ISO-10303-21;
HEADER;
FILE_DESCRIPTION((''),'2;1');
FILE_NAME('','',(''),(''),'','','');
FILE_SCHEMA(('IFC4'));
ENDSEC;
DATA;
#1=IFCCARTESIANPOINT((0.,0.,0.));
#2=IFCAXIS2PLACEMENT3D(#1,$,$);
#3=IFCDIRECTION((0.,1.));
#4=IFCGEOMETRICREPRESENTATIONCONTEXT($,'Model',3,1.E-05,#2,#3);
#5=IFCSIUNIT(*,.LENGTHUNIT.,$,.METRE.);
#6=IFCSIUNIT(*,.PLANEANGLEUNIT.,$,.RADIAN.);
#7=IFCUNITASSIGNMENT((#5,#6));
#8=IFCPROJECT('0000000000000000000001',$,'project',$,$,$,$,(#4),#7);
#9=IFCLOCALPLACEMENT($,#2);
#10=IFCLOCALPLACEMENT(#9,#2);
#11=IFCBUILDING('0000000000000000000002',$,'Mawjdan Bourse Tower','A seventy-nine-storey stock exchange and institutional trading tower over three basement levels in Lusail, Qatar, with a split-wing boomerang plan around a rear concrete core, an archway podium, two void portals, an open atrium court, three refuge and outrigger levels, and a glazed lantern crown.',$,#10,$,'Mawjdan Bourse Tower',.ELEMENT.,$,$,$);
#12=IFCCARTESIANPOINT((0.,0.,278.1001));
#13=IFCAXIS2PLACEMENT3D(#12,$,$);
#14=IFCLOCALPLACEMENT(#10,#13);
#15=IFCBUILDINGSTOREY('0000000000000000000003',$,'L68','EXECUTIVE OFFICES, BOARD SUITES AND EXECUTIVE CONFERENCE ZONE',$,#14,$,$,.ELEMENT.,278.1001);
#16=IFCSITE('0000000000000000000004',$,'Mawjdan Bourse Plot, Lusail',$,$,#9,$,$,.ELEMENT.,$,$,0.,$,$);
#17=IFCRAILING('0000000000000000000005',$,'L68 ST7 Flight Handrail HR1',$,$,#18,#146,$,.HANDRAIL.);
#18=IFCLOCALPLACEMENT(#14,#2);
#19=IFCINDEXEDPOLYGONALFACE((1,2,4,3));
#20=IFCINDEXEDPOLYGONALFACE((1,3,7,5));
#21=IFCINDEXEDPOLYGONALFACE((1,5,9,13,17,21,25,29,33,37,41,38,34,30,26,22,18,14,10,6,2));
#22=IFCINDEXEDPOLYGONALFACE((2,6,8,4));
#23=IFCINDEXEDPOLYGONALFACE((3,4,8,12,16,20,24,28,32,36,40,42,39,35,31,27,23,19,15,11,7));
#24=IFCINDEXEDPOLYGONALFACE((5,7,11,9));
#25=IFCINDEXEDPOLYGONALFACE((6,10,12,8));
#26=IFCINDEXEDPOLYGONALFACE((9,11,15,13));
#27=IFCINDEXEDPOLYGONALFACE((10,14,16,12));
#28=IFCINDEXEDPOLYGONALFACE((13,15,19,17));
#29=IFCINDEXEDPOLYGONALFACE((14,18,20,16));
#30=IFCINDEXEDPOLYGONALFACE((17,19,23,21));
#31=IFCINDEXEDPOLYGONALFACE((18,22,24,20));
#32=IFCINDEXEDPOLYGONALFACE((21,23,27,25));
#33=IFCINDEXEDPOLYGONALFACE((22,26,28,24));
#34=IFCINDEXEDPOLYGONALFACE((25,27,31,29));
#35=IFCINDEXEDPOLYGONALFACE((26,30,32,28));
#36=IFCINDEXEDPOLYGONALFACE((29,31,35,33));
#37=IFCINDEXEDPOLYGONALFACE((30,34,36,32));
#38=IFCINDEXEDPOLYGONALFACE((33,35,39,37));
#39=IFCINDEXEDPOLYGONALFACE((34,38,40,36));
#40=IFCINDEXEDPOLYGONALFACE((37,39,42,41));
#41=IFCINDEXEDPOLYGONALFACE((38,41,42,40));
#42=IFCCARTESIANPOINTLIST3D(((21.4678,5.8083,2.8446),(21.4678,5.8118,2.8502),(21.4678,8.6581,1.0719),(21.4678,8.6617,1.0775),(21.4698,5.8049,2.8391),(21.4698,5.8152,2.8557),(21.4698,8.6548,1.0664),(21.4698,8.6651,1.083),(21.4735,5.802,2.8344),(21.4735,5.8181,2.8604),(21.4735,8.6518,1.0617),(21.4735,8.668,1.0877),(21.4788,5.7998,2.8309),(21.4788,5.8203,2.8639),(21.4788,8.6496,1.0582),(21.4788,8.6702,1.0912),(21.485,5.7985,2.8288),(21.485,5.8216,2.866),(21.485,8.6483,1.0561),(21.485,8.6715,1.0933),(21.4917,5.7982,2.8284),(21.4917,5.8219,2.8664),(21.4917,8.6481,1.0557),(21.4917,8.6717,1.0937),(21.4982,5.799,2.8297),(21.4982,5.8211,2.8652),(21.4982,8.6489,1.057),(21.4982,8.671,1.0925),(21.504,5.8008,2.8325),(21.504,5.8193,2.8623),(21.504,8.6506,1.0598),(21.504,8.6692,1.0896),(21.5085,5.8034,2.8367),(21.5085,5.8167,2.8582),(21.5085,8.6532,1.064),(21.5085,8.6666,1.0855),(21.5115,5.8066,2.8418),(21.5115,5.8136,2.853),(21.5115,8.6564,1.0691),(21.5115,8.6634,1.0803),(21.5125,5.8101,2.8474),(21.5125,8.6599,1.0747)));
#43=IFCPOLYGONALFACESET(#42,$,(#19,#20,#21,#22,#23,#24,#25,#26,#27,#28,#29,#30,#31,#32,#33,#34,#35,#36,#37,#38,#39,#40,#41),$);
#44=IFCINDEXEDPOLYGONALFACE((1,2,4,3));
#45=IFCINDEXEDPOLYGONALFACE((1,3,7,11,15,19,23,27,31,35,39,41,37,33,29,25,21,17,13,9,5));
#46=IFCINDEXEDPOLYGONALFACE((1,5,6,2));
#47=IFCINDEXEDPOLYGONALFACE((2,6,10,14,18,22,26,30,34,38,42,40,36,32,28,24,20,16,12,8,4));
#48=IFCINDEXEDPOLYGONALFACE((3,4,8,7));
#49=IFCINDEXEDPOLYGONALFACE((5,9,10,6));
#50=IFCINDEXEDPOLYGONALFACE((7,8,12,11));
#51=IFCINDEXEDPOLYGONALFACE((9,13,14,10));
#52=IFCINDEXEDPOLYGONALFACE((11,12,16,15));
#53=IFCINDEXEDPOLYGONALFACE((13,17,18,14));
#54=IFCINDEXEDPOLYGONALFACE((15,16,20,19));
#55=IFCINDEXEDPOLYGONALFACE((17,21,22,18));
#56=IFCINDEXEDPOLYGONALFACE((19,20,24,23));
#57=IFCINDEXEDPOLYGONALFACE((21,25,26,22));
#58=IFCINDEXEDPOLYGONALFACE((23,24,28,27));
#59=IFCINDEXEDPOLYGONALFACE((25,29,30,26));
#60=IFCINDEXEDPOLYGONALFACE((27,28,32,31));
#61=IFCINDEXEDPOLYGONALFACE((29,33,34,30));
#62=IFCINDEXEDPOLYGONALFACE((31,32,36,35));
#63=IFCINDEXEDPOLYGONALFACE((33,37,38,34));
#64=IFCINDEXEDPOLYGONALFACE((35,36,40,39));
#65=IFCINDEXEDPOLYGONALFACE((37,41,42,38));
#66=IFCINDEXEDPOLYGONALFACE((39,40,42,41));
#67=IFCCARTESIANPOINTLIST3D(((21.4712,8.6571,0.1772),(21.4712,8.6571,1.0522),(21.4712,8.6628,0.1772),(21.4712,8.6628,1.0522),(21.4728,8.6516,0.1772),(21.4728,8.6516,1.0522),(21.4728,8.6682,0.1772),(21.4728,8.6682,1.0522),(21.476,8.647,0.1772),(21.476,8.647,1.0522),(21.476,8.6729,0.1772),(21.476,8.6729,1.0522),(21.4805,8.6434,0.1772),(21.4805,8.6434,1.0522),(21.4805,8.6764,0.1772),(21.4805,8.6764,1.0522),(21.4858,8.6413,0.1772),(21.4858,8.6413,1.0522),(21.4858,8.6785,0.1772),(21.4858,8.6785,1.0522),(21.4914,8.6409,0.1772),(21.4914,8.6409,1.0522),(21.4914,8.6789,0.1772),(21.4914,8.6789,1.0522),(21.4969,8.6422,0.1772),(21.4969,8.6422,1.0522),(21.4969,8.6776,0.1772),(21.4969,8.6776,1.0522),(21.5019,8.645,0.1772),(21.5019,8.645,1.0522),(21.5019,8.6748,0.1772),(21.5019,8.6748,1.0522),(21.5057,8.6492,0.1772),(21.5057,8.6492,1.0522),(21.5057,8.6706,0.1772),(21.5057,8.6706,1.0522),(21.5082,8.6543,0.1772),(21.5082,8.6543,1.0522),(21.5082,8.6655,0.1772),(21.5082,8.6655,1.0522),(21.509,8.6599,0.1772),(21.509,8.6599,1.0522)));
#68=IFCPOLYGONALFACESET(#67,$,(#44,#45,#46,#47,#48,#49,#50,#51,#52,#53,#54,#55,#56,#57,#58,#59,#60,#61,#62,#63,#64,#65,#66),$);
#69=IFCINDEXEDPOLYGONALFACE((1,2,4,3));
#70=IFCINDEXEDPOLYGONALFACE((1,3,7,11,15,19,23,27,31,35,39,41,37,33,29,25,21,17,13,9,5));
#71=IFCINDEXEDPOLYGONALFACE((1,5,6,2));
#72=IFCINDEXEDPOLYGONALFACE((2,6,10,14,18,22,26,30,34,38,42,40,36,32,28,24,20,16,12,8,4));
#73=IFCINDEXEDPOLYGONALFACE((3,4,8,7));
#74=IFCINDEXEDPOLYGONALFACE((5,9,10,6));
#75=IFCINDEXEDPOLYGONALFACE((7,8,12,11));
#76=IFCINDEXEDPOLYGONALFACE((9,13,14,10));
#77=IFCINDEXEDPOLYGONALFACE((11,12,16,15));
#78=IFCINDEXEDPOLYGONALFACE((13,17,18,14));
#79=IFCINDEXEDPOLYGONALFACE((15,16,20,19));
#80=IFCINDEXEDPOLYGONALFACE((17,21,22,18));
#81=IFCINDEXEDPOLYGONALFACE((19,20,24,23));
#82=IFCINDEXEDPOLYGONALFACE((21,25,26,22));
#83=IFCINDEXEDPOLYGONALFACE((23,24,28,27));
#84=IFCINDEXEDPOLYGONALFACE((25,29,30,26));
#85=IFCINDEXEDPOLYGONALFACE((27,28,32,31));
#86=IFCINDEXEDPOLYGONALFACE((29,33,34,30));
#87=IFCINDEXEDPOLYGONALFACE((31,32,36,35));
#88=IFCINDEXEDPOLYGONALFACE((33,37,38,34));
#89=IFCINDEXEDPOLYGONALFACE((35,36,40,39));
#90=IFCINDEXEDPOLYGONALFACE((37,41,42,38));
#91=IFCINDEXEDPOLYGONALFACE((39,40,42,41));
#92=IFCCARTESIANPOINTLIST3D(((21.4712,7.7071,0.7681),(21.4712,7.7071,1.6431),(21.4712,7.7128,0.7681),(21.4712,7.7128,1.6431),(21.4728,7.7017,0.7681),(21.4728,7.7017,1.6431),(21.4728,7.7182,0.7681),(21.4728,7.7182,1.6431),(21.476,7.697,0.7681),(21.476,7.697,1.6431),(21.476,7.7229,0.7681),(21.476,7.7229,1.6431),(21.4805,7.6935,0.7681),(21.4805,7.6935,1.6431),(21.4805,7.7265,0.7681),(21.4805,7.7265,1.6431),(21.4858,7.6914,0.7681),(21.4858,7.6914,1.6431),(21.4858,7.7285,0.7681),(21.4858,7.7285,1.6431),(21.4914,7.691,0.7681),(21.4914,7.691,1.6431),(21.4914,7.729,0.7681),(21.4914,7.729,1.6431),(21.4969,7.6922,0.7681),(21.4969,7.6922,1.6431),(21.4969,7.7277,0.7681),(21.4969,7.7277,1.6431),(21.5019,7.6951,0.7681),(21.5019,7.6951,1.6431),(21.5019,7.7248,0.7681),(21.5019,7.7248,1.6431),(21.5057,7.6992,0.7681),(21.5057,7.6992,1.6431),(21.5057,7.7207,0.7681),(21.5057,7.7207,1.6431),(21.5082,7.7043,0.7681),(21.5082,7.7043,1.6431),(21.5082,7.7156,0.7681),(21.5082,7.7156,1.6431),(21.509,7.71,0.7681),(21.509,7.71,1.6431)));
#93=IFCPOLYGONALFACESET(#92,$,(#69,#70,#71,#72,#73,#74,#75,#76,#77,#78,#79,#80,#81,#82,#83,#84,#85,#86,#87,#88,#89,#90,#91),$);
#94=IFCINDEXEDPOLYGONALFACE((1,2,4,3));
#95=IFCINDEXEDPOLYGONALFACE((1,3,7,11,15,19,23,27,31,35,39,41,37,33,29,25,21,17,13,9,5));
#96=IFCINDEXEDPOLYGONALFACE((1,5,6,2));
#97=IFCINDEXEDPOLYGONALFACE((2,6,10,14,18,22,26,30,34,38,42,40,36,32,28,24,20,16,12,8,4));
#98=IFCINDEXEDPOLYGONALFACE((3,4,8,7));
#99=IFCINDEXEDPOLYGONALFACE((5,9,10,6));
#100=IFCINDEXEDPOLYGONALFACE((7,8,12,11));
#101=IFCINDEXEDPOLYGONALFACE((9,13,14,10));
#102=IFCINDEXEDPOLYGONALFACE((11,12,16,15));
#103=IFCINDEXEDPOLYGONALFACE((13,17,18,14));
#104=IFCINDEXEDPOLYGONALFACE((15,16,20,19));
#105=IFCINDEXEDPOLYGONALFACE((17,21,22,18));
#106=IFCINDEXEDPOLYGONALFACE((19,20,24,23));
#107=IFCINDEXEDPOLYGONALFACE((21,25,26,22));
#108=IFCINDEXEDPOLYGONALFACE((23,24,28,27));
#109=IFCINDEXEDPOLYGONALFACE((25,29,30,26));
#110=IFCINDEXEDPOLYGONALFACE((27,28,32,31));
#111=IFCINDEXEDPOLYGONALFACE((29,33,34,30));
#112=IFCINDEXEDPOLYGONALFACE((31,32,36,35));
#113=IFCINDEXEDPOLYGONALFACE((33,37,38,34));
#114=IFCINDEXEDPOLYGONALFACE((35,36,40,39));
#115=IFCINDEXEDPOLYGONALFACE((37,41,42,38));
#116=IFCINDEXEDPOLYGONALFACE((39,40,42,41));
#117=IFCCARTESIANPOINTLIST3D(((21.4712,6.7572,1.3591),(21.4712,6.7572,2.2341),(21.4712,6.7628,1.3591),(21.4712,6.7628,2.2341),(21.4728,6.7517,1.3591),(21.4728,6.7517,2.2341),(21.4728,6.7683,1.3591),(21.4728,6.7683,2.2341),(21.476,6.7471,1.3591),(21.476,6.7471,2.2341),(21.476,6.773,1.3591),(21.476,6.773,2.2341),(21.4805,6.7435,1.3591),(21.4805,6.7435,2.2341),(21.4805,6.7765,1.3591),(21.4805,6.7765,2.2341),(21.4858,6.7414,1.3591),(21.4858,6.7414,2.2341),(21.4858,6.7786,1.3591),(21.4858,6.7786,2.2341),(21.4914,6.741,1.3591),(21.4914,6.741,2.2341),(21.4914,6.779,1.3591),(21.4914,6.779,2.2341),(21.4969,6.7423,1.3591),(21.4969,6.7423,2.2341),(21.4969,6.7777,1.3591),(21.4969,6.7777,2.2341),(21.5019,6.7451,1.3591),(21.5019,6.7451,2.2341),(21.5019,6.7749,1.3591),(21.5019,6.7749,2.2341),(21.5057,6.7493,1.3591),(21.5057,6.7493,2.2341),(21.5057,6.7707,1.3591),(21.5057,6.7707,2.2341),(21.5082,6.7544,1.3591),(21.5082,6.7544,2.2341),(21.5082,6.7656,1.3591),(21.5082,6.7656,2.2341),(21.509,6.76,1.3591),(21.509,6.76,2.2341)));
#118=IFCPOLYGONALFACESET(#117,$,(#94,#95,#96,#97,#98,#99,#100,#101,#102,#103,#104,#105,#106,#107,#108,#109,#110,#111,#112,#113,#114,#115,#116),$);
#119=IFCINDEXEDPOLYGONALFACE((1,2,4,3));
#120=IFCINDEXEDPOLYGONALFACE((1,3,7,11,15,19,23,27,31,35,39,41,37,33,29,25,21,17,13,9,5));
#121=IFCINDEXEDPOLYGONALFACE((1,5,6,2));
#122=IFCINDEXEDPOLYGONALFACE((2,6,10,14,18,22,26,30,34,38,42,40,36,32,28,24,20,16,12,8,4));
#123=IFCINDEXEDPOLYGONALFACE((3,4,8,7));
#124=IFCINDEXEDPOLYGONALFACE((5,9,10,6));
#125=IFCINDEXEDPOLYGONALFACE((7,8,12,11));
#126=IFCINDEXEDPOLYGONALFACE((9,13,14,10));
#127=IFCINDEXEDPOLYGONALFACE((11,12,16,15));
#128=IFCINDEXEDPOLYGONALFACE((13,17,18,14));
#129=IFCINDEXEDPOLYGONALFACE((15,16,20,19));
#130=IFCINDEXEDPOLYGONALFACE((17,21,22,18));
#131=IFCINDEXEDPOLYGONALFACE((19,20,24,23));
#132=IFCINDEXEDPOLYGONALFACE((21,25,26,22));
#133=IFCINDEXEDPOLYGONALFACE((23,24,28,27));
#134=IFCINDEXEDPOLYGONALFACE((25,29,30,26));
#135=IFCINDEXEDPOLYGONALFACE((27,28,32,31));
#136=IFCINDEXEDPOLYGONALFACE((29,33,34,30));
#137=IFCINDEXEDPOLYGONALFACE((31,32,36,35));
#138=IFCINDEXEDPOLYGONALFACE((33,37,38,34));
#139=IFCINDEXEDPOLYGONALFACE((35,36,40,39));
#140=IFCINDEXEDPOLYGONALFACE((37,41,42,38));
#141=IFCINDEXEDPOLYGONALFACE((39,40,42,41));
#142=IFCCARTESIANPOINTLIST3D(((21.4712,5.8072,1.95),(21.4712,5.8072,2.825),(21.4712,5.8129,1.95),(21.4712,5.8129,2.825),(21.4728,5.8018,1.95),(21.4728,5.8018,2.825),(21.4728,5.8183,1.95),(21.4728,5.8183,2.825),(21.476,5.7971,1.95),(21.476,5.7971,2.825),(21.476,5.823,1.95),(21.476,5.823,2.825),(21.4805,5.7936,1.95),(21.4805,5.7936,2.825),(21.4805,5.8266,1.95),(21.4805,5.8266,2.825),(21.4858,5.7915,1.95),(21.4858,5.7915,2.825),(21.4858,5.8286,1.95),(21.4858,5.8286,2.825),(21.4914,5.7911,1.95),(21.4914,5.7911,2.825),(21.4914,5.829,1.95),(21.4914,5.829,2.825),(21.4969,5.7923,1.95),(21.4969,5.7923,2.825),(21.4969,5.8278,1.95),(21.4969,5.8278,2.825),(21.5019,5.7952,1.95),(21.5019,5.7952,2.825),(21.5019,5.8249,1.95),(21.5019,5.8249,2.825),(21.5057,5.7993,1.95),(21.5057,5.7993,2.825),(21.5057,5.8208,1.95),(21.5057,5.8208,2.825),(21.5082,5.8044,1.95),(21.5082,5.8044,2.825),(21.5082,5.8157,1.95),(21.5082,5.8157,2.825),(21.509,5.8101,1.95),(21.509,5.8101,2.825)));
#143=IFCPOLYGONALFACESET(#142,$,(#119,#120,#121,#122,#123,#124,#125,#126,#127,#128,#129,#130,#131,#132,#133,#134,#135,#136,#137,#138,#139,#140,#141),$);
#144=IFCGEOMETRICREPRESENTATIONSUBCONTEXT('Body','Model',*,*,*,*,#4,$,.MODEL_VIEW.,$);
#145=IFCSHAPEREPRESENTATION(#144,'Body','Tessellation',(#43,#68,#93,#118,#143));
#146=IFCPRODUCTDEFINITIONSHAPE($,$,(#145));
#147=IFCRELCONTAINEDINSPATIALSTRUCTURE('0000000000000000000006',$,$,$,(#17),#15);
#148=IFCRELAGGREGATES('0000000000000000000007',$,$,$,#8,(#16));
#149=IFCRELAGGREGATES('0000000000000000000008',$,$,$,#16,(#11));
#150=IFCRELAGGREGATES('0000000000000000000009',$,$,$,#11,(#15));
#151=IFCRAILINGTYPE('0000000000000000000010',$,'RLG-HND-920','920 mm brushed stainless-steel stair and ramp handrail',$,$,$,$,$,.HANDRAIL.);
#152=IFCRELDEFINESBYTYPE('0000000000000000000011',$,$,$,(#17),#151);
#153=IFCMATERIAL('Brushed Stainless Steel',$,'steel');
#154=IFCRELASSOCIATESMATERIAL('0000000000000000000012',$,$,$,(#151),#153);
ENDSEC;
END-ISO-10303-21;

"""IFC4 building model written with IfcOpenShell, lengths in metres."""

from ifc_helpers import new_model, si_unit, direction, frame, origin, origin_2d, place, context, subcontext, project, spatial, circle, extrude, material, type_object, element, save


model = new_model("IFC4")

# Units and contexts
model_context = context("Model", 3, precision=1e-05, world=origin(), true_north=direction((0.0, 1.0)))
body_context = subcontext(model_context, "Body", "Model", "MODEL_VIEW")
ifc_project = project(units=[si_unit("LENGTHUNIT", "METRE"), si_unit("PLANEANGLEUNIT", "RADIAN")], contexts=[model_context])

# Site, building, storey
site_placement = place(None, origin())
site = spatial("IfcSite", under=ifc_project, at=site_placement, Name="Mawjdan Bourse Plot, Lusail", CompositionType="ELEMENT", RefElevation=0.0)
building_placement = place(site_placement, origin())
building = spatial("IfcBuilding", under=site, at=building_placement, Name="Mawjdan Bourse Tower", Description="A seventy-nine-storey stock exchange and institutional trading tower over three basement levels in Lusail, Qatar, with a split-wing boomerang plan around a rear concrete core, an archway podium, two void portals, an open atrium court, three refuge and outrigger levels, and a glazed lantern crown.", LongName="Mawjdan Bourse Tower", CompositionType="ELEMENT")
storey_placement = place(building_placement, frame((0.0, 0.0, 278.1001)))
storey = spatial("IfcBuildingStorey", under=building, at=storey_placement, Name="L68", Description="EXECUTIVE OFFICES, BOARD SUITES AND EXECUTIVE CONFERENCE ZONE", CompositionType="ELEMENT", Elevation=278.1001)

# Shared definitions
ifc_material_1 = material(Name="Brushed Stainless Steel", Category="steel")

# Railing
railing_type_1 = type_object("IfcRailingType", Name="RLG-HND-920", Description="920 mm brushed stainless-steel stair and ramp handrail", PredefinedType="HANDRAIL", material=ifc_material_1)
railing_placement = place(storey_placement, frame((21.49, 8.6599, 0.1772)))
element("IfcRailing", 1, at=railing_placement, inside=storey, type_object=railing_type_1, Name="L68 ST7 Flight Handrail HR1", PredefinedType="HANDRAIL", context=body_context, shape_type="SweptSolid", body=[
    extrude(circle(Radius=0.0225, at=origin_2d()), frame((0.0, 0.0, 0.8975), z_axis=(0.0, -0.849128, 0.528187), x_axis=(1.0, 0.0, 0.0)), (0.0, 0.0, 1.0), 3.3562),
    extrude(circle(Radius=0.019, at=origin_2d()), origin(), (0.0, 0.0, 1.0), 0.875),
    extrude(circle(Radius=0.019, at=origin_2d()), frame((0.0, -0.95, 0.5908)), (0.0, 0.0, 1.0), 0.875),
    extrude(circle(Radius=0.019, at=origin_2d()), frame((0.0, -1.8999, 1.1819)), (0.0, 0.0, 1.0), 0.875),
    extrude(circle(Radius=0.019, at=origin_2d()), frame((0.0, -2.8499, 1.7727)), (0.0, 0.0, 1.0), 0.875),
])

save(model, "model.ifc")
